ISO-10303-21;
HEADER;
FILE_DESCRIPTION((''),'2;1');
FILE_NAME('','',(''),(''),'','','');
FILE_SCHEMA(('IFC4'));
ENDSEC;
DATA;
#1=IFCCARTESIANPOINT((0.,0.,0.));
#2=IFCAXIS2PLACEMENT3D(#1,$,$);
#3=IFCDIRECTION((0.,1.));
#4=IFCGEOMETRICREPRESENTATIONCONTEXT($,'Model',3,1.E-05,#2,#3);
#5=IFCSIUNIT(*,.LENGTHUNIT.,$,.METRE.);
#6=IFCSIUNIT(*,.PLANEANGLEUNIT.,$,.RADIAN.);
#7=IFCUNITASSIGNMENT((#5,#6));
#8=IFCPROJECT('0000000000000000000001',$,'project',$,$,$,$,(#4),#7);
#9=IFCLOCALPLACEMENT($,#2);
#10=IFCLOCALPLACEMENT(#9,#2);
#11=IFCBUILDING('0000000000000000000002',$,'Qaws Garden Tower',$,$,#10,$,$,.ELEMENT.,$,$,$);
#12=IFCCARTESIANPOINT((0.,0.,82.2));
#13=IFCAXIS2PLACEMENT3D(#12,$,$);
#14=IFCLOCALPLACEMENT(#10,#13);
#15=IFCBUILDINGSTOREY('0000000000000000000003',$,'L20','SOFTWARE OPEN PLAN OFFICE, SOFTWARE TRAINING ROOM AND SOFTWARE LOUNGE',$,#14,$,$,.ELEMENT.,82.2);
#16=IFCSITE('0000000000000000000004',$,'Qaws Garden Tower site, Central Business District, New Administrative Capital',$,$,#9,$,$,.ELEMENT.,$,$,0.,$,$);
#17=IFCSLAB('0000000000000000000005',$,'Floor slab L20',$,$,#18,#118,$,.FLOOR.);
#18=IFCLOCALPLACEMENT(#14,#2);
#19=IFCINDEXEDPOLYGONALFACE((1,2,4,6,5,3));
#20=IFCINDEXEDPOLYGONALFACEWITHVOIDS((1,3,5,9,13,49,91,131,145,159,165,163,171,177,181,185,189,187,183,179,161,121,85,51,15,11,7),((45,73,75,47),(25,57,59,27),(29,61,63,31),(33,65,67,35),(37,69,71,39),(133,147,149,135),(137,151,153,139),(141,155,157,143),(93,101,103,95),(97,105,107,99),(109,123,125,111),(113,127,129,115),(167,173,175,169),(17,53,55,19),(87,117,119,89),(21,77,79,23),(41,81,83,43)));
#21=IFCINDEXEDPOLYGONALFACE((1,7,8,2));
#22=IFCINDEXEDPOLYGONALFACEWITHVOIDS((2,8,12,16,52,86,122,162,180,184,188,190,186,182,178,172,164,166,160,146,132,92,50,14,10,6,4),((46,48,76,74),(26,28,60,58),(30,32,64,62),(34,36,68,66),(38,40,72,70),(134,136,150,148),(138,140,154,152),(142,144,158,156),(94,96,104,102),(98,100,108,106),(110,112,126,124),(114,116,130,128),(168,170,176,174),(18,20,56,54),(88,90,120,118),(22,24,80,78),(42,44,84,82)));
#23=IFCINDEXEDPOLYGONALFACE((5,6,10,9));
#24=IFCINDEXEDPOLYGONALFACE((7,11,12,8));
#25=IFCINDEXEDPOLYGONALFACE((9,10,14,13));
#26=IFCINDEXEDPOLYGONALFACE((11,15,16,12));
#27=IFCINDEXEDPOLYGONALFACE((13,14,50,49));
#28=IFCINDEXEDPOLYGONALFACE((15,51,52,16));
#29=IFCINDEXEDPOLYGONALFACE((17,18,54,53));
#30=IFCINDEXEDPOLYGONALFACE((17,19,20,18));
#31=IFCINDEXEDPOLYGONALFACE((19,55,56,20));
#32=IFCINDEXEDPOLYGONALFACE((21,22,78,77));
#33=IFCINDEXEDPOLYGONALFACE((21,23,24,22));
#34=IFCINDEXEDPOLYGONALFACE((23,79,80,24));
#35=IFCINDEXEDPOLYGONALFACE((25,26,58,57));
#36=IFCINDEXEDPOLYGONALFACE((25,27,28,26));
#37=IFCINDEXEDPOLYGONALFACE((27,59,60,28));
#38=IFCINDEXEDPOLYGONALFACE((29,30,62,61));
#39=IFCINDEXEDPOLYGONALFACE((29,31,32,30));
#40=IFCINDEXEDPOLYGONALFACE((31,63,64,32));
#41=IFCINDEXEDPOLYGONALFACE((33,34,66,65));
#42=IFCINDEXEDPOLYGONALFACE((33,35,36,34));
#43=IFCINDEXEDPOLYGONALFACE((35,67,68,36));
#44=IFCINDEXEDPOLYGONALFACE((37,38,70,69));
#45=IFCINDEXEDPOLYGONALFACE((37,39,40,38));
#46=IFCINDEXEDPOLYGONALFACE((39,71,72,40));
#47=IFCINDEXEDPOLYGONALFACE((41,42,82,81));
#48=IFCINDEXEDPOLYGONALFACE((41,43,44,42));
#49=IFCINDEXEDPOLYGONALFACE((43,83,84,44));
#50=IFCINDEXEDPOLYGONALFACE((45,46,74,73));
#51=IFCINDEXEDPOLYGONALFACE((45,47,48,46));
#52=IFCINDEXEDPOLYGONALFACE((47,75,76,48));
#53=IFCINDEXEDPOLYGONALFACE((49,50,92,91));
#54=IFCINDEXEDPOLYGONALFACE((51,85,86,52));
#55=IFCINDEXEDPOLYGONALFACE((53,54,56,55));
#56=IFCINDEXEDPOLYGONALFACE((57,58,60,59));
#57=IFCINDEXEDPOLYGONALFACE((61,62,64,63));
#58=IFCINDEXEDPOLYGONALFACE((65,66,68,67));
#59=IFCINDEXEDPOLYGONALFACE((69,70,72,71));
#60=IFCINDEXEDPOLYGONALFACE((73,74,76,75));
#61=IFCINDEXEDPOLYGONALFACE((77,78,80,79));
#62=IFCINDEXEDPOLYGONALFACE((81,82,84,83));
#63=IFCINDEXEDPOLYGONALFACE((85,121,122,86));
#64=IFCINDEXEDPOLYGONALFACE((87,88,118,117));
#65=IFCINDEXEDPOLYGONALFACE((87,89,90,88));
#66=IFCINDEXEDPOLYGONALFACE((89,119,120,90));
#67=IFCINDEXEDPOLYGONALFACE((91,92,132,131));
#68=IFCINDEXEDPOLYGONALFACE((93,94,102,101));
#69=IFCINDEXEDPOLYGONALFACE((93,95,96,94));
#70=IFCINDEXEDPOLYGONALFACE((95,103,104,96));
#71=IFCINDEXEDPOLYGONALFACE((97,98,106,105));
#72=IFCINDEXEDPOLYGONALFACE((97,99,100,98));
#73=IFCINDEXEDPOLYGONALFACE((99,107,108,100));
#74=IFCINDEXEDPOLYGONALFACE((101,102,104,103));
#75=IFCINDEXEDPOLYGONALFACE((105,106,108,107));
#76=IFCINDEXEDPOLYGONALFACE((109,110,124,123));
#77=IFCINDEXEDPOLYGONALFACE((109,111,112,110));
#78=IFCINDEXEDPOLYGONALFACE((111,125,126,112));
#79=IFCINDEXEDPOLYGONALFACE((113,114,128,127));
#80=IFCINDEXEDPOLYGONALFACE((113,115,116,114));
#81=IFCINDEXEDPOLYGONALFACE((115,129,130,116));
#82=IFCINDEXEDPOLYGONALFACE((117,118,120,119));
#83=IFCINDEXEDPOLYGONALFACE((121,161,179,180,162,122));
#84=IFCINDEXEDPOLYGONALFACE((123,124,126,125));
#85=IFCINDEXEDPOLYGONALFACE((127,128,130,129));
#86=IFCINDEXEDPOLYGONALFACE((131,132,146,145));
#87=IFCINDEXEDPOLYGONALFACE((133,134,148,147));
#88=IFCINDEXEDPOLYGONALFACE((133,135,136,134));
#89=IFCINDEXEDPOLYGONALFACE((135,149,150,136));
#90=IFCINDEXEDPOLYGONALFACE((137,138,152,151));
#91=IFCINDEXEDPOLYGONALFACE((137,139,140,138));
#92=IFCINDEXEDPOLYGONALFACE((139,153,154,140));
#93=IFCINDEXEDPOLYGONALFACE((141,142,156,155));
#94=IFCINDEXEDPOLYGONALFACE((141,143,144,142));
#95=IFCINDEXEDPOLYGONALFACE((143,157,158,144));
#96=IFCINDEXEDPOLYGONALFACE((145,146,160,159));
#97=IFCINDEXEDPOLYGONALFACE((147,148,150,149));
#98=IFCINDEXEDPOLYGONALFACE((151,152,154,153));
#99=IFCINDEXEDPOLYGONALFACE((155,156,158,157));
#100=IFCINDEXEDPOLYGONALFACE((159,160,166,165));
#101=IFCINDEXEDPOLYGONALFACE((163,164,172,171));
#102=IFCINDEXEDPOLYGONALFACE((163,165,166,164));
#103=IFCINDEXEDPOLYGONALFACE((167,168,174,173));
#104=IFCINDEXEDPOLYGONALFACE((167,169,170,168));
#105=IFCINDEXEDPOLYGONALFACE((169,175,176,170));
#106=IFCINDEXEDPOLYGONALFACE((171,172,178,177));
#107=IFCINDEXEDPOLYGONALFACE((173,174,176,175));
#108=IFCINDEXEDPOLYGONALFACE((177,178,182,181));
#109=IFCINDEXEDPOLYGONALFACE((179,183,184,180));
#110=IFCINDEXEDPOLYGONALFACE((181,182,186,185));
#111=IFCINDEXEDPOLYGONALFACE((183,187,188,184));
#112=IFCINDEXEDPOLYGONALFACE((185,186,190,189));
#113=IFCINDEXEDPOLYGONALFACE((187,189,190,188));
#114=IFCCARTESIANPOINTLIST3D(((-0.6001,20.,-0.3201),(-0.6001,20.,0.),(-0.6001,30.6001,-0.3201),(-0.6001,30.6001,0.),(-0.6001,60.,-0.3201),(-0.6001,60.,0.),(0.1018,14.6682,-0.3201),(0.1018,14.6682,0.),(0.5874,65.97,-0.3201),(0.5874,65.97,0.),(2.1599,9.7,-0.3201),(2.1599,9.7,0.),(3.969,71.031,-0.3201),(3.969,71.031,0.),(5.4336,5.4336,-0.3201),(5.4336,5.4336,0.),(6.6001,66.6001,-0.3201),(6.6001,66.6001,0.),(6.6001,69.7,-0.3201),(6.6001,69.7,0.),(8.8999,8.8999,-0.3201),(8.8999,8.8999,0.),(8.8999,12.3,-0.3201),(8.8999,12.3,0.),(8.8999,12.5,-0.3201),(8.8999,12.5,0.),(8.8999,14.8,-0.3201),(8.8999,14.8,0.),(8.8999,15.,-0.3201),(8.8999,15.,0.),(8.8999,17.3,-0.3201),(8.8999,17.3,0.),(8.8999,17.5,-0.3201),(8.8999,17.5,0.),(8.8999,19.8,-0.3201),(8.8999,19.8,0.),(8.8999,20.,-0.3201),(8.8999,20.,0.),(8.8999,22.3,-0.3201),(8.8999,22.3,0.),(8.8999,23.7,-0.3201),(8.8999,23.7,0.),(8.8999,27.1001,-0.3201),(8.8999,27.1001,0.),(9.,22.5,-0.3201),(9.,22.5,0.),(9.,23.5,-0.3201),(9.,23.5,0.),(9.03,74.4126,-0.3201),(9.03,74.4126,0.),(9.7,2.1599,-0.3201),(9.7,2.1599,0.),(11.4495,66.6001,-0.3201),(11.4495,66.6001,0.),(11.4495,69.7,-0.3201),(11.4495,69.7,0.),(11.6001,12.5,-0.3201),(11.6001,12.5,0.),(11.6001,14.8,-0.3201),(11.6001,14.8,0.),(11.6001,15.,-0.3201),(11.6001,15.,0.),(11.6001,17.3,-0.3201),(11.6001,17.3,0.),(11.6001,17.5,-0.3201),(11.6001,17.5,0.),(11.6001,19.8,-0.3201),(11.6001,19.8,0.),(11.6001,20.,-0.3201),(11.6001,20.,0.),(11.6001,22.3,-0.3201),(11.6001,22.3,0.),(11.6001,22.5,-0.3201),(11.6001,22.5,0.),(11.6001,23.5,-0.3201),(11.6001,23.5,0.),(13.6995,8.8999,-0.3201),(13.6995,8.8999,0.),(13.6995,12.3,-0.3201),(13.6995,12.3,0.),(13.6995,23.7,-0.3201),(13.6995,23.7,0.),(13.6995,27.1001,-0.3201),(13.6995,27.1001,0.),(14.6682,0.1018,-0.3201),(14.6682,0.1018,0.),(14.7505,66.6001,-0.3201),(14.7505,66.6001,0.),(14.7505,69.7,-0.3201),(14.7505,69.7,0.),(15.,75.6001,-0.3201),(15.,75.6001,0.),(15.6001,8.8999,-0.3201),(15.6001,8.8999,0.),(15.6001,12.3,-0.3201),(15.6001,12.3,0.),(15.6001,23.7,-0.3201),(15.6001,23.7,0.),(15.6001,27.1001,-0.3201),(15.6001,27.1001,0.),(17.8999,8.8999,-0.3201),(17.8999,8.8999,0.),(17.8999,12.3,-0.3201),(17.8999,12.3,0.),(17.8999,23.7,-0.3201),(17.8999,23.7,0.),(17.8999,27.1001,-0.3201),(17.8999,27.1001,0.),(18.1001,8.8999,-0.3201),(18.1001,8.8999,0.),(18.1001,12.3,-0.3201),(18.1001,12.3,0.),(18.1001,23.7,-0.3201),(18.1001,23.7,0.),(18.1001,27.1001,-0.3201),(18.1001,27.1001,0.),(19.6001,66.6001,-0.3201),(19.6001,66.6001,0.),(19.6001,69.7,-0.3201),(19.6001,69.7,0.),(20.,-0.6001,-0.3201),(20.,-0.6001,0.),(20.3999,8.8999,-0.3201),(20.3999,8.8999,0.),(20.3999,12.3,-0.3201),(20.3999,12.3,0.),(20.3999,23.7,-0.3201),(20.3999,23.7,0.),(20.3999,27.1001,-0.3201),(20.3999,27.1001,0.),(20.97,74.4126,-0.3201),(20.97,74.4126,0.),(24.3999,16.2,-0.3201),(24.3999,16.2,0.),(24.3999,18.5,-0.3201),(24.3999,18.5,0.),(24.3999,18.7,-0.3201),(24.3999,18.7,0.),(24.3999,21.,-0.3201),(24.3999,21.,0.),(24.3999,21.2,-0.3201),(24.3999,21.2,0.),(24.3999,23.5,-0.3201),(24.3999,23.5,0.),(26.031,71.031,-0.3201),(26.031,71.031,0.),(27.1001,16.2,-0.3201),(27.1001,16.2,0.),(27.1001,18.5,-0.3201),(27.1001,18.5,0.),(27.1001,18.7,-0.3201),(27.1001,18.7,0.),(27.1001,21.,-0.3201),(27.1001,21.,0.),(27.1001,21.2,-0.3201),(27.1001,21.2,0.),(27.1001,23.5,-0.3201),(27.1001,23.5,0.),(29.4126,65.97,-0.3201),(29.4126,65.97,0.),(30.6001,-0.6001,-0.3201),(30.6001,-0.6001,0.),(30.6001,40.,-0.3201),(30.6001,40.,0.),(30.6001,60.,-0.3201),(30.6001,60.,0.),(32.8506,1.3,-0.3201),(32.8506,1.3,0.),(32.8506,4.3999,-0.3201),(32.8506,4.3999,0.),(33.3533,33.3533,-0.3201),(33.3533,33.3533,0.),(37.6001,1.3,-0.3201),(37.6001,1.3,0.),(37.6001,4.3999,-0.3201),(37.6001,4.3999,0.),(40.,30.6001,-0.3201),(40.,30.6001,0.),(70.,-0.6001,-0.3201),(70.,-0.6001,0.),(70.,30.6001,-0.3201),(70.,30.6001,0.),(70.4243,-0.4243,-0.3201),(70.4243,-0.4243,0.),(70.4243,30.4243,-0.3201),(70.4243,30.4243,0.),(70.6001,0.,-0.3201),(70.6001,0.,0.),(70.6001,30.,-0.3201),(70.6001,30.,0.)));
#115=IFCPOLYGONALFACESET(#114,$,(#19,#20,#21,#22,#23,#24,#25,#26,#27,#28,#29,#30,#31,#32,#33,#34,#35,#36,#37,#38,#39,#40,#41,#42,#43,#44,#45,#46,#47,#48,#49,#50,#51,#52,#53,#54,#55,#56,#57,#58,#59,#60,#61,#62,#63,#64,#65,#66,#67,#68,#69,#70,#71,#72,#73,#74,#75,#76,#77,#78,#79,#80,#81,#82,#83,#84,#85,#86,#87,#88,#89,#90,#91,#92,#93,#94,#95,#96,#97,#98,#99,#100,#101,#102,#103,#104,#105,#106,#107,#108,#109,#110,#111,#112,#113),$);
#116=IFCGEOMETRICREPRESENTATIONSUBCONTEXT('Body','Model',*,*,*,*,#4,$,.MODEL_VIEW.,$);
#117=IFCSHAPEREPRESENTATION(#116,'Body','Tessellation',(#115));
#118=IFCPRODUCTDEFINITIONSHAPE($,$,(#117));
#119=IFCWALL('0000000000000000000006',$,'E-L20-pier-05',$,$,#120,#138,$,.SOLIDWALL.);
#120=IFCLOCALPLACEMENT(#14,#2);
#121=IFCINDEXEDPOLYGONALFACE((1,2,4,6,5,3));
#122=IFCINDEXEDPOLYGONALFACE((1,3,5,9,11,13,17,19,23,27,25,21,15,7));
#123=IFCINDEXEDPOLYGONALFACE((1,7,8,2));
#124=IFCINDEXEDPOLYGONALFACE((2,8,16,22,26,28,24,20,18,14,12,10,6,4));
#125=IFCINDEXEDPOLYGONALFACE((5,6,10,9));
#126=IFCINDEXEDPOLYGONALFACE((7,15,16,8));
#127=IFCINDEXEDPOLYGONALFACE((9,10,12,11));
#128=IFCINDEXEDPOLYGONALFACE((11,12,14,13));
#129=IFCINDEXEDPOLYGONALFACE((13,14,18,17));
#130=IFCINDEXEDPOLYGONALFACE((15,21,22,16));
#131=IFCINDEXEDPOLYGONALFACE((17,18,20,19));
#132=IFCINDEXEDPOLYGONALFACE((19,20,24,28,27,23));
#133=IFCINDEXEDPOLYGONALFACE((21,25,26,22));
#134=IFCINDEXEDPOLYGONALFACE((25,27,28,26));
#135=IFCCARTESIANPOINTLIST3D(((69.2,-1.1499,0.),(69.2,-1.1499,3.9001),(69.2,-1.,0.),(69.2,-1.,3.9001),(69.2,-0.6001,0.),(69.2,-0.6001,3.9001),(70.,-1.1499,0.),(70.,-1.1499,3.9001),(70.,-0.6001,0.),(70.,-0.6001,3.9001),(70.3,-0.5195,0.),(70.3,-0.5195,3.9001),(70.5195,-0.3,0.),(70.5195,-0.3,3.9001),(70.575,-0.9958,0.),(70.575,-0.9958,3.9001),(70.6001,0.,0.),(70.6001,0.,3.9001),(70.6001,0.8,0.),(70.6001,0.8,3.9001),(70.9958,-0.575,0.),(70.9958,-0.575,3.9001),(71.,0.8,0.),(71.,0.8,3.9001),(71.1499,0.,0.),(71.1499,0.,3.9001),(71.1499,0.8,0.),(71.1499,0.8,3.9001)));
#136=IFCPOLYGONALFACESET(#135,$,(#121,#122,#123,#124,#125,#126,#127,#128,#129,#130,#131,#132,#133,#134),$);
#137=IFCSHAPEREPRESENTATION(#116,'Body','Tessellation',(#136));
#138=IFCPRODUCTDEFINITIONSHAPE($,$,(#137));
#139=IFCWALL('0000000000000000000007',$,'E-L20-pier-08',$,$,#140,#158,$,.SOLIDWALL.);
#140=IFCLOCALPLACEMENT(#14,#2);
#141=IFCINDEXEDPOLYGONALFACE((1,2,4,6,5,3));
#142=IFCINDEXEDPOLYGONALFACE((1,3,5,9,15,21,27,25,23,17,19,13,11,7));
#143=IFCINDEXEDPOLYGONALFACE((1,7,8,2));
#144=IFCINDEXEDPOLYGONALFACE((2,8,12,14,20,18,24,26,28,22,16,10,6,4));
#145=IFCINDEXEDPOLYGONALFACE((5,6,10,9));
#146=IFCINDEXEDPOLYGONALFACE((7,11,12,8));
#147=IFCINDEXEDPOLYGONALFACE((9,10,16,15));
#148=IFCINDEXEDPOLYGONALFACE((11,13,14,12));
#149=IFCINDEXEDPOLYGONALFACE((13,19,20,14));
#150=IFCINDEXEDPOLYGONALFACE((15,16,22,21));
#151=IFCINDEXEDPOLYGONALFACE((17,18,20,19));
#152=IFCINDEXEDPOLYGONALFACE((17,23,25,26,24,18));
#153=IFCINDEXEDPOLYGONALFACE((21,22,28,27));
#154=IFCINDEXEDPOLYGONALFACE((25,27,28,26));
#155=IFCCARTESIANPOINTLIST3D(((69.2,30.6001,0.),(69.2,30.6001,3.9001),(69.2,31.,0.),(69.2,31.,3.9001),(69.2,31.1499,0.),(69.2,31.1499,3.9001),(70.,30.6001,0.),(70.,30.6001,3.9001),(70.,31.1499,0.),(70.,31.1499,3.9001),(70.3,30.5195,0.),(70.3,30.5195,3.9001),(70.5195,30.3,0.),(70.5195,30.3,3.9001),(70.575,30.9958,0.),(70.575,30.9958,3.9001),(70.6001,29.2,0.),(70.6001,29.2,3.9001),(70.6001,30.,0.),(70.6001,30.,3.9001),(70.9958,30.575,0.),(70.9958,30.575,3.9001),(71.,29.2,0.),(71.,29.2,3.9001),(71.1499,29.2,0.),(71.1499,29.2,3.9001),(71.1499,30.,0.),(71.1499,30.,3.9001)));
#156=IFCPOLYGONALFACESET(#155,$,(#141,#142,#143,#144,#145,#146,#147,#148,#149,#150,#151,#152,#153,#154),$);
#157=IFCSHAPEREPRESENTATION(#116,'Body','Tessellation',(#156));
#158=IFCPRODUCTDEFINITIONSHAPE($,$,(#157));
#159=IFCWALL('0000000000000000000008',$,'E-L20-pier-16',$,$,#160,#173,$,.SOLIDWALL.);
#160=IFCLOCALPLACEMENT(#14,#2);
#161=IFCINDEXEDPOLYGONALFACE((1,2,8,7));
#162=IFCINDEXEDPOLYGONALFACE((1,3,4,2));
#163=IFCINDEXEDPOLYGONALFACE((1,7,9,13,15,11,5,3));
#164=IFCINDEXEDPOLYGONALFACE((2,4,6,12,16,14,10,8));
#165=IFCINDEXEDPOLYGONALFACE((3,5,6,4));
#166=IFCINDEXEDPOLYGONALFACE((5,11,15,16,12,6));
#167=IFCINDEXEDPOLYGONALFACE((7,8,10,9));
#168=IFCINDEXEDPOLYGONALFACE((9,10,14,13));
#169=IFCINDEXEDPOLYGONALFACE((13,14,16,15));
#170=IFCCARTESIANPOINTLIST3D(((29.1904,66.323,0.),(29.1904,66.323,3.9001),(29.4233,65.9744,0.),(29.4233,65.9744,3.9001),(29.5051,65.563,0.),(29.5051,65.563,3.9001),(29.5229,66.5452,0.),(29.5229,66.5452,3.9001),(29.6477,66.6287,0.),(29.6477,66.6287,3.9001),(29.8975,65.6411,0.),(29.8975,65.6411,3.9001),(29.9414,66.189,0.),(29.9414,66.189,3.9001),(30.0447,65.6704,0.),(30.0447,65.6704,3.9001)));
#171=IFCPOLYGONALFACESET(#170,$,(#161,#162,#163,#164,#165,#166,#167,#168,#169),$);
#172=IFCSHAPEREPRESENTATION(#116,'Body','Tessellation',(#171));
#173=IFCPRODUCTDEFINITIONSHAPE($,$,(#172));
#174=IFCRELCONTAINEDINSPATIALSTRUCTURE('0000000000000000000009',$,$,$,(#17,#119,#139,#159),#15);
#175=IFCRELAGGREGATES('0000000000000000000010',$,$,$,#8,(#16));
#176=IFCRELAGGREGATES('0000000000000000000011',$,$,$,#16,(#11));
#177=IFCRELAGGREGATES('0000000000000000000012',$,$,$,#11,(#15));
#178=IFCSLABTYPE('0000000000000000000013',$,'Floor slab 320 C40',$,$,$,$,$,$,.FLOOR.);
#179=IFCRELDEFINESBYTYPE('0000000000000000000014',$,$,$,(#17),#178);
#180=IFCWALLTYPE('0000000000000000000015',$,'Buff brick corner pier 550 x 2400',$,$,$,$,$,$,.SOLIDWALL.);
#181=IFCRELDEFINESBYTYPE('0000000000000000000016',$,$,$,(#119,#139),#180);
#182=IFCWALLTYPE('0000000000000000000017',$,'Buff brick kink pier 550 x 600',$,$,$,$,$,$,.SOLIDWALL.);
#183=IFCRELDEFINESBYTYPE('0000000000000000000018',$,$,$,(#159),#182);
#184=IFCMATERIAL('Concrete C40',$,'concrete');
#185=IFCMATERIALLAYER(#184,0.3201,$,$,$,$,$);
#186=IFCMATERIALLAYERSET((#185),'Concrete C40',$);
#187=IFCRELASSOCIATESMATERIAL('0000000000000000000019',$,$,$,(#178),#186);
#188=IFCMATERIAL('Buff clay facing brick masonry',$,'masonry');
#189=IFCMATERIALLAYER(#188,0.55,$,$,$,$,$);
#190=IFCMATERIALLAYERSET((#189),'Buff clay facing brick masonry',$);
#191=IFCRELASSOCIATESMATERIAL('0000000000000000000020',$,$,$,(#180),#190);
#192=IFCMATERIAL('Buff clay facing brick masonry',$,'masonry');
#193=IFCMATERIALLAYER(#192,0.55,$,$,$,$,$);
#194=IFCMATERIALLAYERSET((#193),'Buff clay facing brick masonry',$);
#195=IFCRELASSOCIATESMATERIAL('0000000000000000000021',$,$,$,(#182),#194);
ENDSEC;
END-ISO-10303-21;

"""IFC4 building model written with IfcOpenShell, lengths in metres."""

from ifc_helpers import new_model, si_unit, direction, frame, origin, place, context, subcontext, project, spatial, polyline, outline, extrude, material, layer, layer_set, type_object, element, save


model = new_model("IFC4")

# Units and contexts
model_context = context("Model", 3, precision=1e-05, world=origin(), true_north=direction((0.0, 1.0)))
body_context = subcontext(model_context, "Body", "Model", "MODEL_VIEW")
ifc_project = project(units=[si_unit("LENGTHUNIT", "METRE"), si_unit("PLANEANGLEUNIT", "RADIAN")], contexts=[model_context])

# Site, building, storey
site_placement = place(None, origin())
site = spatial("IfcSite", under=ifc_project, at=site_placement, Name="Qaws Garden Tower site, Central Business District, New Administrative Capital", CompositionType="ELEMENT", RefElevation=0.0)
building_placement = place(site_placement, origin())
building = spatial("IfcBuilding", under=site, at=building_placement, Name="Qaws Garden Tower", CompositionType="ELEMENT")
storey_placement = place(building_placement, frame((0.0, 0.0, 82.2)))
storey = spatial("IfcBuildingStorey", under=building, at=storey_placement, Name="L20", Description="SOFTWARE OPEN PLAN OFFICE, SOFTWARE TRAINING ROOM AND SOFTWARE LOUNGE", CompositionType="ELEMENT", Elevation=82.2)

# Slab
ifc_material_1 = material(Name="Concrete C40", Category="concrete")
ifc_layer_1 = layer(ifc_material_1, 0.3201)
ifc_layer_set_1 = layer_set([ifc_layer_1], Name="Concrete C40")
slab_type = type_object("IfcSlabType", Name="Floor slab 320 C40", PredefinedType="FLOOR", material=ifc_layer_set_1)
slab_placement = place(storey_placement, frame((0.0, 0.0, -0.3201)))
element("IfcSlab", 1, at=slab_placement, inside=storey, type_object=slab_type, Name="Floor slab L20", PredefinedType="FLOOR", context=body_context, shape_type="SweptSolid", body=[
    extrude(outline(polyline([(0.1018, 14.6682), (-0.6001, 20.0), (-0.6001, 30.6001), (-0.6001, 60.0), (-0.6001, 60.0), (0.5874, 65.97), (3.969, 71.031), (9.03, 74.4126), (15.0, 75.6001), (20.97, 74.4126), (26.031, 71.031), (29.4126, 65.97), (30.6001, 60.0), (30.6001, 40.0), (33.3533, 33.3533), (40.0, 30.6001), (70.0, 30.6001), (70.4243, 30.4243), (70.6001, 30.0), (70.6001, 0.0), (70.4243, -0.4243), (70.0, -0.6001), (30.6001, -0.6001), (20.0, -0.6001), (14.6682, 0.1018), (9.7, 2.1599), (5.4336, 5.4336), (2.1599, 9.7), (0.1018, 14.6682)]), holes=[polyline([(13.6995, 12.3), (8.8999, 12.3), (8.8999, 8.8999), (13.6995, 8.8999), (13.6995, 12.3)]), polyline([(17.8999, 12.3), (15.6001, 12.3), (15.6001, 8.8999), (17.8999, 8.8999), (17.8999, 12.3)]), polyline([(11.6001, 14.8), (8.8999, 14.8), (8.8999, 12.5), (11.6001, 12.5), (11.6001, 14.8)]), polyline([(11.6001, 17.3), (8.8999, 17.3), (8.8999, 15.0), (11.6001, 15.0), (11.6001, 17.3)]), polyline([(11.6001, 19.8), (8.8999, 19.8), (8.8999, 17.5), (11.6001, 17.5), (11.6001, 19.8)]), polyline([(11.6001, 22.3), (8.8999, 22.3), (8.8999, 20.0), (11.6001, 20.0), (11.6001, 22.3)]), polyline([(11.6001, 23.5), (9.0, 23.5), (9.0, 22.5), (11.6001, 22.5), (11.6001, 23.5)]), polyline([(13.6995, 27.1001), (8.8999, 27.1001), (8.8999, 23.7), (13.6995, 23.7), (13.6995, 27.1001)]), polyline([(11.4495, 69.7), (6.6001, 69.7), (6.6001, 66.6001), (11.4495, 66.6001), (11.4495, 69.7)]), polyline([(37.6001, 4.3999), (32.8506, 4.3999), (32.8506, 1.3), (37.6001, 1.3), (37.6001, 4.3999)]), polyline([(20.3999, 12.3), (18.1001, 12.3), (18.1001, 8.8999), (20.3999, 8.8999), (20.3999, 12.3)]), polyline([(27.1001, 18.5), (24.3999, 18.5), (24.3999, 16.2), (27.1001, 16.2), (27.1001, 18.5)]), polyline([(27.1001, 21.0), (24.3999, 21.0), (24.3999, 18.7), (27.1001, 18.7), (27.1001, 21.0)]), polyline([(27.1001, 23.5), (24.3999, 23.5), (24.3999, 21.2), (27.1001, 21.2), (27.1001, 23.5)]), polyline([(17.8999, 27.1001), (15.6001, 27.1001), (15.6001, 23.7), (17.8999, 23.7), (17.8999, 27.1001)]), polyline([(20.3999, 23.7), (20.3999, 27.1001), (18.1001, 27.1001), (18.1001, 23.7), (20.3999, 23.7)]), polyline([(19.6001, 66.6001), (19.6001, 69.7), (14.7505, 69.7), (14.7505, 66.6001), (19.6001, 66.6001)])]), origin(), (0.0, 0.0, 1.0), 0.3201),
])

# Walls
ifc_material_2 = material(Name="Buff clay facing brick masonry", Category="masonry")
ifc_layer_2 = layer(ifc_material_2, 0.55)
ifc_layer_set_2 = layer_set([ifc_layer_2], Name="Buff clay facing brick masonry")
wall_type_1 = type_object("IfcWallType", Name="Buff brick corner pier 550 x 2400", PredefinedType="SOLIDWALL", material=ifc_layer_set_2)
placement = place(storey_placement, origin())
element("IfcWall", 2, at=placement, inside=storey, type_object=wall_type_1, Name="E-L20-pier-05", PredefinedType="SOLIDWALL", context=body_context, shape_type="SweptSolid", body=[
    extrude(outline(polyline([(69.2, -1.0), (69.2, -1.1499), (70.0, -1.1499), (70.575, -0.9958), (70.9958, -0.575), (71.1499, 0.0), (71.1499, 0.8), (71.0, 0.8), (70.6001, 0.8), (70.6001, 0.0), (70.5195, -0.3), (70.3, -0.5195), (70.0, -0.6001), (69.2, -0.6001), (69.2, -1.0)])), origin(), (0.0, 0.0, 1.0), 3.9001),
])
element("IfcWall", 3, at=placement, inside=storey, type_object=wall_type_1, Name="E-L20-pier-08", PredefinedType="SOLIDWALL", context=body_context, shape_type="SweptSolid", body=[
    extrude(outline(polyline([(71.0, 29.2), (71.1499, 29.2), (71.1499, 30.0), (70.9958, 30.575), (70.575, 30.9958), (70.0, 31.1499), (69.2, 31.1499), (69.2, 31.0), (69.2, 30.6001), (70.0, 30.6001), (70.3, 30.5195), (70.5195, 30.3), (70.6001, 30.0), (70.6001, 29.2), (71.0, 29.2)])), origin(), (0.0, 0.0, 1.0), 3.9001),
])
ifc_material_3 = material(Name="Buff clay facing brick masonry", Category="masonry")
ifc_layer_3 = layer(ifc_material_3, 0.55)
ifc_layer_set_3 = layer_set([ifc_layer_3], Name="Buff clay facing brick masonry")
wall_type_2 = type_object("IfcWallType", Name="Buff brick kink pier 550 x 600", PredefinedType="SOLIDWALL", material=ifc_layer_set_3)
element("IfcWall", 4, at=placement, inside=storey, type_object=wall_type_2, Name="E-L20-pier-16", PredefinedType="SOLIDWALL", context=body_context, shape_type="SweptSolid", body=[
    extrude(outline(polyline([(29.8975, 65.6411), (30.0447, 65.6704), (29.9414, 66.189), (29.6477, 66.6287), (29.5229, 66.5452), (29.1904, 66.323), (29.4233, 65.9744), (29.5051, 65.563), (29.8975, 65.6411)])), origin(), (0.0, 0.0, 1.0), 3.9001),
])

save(model, "model.ifc")
